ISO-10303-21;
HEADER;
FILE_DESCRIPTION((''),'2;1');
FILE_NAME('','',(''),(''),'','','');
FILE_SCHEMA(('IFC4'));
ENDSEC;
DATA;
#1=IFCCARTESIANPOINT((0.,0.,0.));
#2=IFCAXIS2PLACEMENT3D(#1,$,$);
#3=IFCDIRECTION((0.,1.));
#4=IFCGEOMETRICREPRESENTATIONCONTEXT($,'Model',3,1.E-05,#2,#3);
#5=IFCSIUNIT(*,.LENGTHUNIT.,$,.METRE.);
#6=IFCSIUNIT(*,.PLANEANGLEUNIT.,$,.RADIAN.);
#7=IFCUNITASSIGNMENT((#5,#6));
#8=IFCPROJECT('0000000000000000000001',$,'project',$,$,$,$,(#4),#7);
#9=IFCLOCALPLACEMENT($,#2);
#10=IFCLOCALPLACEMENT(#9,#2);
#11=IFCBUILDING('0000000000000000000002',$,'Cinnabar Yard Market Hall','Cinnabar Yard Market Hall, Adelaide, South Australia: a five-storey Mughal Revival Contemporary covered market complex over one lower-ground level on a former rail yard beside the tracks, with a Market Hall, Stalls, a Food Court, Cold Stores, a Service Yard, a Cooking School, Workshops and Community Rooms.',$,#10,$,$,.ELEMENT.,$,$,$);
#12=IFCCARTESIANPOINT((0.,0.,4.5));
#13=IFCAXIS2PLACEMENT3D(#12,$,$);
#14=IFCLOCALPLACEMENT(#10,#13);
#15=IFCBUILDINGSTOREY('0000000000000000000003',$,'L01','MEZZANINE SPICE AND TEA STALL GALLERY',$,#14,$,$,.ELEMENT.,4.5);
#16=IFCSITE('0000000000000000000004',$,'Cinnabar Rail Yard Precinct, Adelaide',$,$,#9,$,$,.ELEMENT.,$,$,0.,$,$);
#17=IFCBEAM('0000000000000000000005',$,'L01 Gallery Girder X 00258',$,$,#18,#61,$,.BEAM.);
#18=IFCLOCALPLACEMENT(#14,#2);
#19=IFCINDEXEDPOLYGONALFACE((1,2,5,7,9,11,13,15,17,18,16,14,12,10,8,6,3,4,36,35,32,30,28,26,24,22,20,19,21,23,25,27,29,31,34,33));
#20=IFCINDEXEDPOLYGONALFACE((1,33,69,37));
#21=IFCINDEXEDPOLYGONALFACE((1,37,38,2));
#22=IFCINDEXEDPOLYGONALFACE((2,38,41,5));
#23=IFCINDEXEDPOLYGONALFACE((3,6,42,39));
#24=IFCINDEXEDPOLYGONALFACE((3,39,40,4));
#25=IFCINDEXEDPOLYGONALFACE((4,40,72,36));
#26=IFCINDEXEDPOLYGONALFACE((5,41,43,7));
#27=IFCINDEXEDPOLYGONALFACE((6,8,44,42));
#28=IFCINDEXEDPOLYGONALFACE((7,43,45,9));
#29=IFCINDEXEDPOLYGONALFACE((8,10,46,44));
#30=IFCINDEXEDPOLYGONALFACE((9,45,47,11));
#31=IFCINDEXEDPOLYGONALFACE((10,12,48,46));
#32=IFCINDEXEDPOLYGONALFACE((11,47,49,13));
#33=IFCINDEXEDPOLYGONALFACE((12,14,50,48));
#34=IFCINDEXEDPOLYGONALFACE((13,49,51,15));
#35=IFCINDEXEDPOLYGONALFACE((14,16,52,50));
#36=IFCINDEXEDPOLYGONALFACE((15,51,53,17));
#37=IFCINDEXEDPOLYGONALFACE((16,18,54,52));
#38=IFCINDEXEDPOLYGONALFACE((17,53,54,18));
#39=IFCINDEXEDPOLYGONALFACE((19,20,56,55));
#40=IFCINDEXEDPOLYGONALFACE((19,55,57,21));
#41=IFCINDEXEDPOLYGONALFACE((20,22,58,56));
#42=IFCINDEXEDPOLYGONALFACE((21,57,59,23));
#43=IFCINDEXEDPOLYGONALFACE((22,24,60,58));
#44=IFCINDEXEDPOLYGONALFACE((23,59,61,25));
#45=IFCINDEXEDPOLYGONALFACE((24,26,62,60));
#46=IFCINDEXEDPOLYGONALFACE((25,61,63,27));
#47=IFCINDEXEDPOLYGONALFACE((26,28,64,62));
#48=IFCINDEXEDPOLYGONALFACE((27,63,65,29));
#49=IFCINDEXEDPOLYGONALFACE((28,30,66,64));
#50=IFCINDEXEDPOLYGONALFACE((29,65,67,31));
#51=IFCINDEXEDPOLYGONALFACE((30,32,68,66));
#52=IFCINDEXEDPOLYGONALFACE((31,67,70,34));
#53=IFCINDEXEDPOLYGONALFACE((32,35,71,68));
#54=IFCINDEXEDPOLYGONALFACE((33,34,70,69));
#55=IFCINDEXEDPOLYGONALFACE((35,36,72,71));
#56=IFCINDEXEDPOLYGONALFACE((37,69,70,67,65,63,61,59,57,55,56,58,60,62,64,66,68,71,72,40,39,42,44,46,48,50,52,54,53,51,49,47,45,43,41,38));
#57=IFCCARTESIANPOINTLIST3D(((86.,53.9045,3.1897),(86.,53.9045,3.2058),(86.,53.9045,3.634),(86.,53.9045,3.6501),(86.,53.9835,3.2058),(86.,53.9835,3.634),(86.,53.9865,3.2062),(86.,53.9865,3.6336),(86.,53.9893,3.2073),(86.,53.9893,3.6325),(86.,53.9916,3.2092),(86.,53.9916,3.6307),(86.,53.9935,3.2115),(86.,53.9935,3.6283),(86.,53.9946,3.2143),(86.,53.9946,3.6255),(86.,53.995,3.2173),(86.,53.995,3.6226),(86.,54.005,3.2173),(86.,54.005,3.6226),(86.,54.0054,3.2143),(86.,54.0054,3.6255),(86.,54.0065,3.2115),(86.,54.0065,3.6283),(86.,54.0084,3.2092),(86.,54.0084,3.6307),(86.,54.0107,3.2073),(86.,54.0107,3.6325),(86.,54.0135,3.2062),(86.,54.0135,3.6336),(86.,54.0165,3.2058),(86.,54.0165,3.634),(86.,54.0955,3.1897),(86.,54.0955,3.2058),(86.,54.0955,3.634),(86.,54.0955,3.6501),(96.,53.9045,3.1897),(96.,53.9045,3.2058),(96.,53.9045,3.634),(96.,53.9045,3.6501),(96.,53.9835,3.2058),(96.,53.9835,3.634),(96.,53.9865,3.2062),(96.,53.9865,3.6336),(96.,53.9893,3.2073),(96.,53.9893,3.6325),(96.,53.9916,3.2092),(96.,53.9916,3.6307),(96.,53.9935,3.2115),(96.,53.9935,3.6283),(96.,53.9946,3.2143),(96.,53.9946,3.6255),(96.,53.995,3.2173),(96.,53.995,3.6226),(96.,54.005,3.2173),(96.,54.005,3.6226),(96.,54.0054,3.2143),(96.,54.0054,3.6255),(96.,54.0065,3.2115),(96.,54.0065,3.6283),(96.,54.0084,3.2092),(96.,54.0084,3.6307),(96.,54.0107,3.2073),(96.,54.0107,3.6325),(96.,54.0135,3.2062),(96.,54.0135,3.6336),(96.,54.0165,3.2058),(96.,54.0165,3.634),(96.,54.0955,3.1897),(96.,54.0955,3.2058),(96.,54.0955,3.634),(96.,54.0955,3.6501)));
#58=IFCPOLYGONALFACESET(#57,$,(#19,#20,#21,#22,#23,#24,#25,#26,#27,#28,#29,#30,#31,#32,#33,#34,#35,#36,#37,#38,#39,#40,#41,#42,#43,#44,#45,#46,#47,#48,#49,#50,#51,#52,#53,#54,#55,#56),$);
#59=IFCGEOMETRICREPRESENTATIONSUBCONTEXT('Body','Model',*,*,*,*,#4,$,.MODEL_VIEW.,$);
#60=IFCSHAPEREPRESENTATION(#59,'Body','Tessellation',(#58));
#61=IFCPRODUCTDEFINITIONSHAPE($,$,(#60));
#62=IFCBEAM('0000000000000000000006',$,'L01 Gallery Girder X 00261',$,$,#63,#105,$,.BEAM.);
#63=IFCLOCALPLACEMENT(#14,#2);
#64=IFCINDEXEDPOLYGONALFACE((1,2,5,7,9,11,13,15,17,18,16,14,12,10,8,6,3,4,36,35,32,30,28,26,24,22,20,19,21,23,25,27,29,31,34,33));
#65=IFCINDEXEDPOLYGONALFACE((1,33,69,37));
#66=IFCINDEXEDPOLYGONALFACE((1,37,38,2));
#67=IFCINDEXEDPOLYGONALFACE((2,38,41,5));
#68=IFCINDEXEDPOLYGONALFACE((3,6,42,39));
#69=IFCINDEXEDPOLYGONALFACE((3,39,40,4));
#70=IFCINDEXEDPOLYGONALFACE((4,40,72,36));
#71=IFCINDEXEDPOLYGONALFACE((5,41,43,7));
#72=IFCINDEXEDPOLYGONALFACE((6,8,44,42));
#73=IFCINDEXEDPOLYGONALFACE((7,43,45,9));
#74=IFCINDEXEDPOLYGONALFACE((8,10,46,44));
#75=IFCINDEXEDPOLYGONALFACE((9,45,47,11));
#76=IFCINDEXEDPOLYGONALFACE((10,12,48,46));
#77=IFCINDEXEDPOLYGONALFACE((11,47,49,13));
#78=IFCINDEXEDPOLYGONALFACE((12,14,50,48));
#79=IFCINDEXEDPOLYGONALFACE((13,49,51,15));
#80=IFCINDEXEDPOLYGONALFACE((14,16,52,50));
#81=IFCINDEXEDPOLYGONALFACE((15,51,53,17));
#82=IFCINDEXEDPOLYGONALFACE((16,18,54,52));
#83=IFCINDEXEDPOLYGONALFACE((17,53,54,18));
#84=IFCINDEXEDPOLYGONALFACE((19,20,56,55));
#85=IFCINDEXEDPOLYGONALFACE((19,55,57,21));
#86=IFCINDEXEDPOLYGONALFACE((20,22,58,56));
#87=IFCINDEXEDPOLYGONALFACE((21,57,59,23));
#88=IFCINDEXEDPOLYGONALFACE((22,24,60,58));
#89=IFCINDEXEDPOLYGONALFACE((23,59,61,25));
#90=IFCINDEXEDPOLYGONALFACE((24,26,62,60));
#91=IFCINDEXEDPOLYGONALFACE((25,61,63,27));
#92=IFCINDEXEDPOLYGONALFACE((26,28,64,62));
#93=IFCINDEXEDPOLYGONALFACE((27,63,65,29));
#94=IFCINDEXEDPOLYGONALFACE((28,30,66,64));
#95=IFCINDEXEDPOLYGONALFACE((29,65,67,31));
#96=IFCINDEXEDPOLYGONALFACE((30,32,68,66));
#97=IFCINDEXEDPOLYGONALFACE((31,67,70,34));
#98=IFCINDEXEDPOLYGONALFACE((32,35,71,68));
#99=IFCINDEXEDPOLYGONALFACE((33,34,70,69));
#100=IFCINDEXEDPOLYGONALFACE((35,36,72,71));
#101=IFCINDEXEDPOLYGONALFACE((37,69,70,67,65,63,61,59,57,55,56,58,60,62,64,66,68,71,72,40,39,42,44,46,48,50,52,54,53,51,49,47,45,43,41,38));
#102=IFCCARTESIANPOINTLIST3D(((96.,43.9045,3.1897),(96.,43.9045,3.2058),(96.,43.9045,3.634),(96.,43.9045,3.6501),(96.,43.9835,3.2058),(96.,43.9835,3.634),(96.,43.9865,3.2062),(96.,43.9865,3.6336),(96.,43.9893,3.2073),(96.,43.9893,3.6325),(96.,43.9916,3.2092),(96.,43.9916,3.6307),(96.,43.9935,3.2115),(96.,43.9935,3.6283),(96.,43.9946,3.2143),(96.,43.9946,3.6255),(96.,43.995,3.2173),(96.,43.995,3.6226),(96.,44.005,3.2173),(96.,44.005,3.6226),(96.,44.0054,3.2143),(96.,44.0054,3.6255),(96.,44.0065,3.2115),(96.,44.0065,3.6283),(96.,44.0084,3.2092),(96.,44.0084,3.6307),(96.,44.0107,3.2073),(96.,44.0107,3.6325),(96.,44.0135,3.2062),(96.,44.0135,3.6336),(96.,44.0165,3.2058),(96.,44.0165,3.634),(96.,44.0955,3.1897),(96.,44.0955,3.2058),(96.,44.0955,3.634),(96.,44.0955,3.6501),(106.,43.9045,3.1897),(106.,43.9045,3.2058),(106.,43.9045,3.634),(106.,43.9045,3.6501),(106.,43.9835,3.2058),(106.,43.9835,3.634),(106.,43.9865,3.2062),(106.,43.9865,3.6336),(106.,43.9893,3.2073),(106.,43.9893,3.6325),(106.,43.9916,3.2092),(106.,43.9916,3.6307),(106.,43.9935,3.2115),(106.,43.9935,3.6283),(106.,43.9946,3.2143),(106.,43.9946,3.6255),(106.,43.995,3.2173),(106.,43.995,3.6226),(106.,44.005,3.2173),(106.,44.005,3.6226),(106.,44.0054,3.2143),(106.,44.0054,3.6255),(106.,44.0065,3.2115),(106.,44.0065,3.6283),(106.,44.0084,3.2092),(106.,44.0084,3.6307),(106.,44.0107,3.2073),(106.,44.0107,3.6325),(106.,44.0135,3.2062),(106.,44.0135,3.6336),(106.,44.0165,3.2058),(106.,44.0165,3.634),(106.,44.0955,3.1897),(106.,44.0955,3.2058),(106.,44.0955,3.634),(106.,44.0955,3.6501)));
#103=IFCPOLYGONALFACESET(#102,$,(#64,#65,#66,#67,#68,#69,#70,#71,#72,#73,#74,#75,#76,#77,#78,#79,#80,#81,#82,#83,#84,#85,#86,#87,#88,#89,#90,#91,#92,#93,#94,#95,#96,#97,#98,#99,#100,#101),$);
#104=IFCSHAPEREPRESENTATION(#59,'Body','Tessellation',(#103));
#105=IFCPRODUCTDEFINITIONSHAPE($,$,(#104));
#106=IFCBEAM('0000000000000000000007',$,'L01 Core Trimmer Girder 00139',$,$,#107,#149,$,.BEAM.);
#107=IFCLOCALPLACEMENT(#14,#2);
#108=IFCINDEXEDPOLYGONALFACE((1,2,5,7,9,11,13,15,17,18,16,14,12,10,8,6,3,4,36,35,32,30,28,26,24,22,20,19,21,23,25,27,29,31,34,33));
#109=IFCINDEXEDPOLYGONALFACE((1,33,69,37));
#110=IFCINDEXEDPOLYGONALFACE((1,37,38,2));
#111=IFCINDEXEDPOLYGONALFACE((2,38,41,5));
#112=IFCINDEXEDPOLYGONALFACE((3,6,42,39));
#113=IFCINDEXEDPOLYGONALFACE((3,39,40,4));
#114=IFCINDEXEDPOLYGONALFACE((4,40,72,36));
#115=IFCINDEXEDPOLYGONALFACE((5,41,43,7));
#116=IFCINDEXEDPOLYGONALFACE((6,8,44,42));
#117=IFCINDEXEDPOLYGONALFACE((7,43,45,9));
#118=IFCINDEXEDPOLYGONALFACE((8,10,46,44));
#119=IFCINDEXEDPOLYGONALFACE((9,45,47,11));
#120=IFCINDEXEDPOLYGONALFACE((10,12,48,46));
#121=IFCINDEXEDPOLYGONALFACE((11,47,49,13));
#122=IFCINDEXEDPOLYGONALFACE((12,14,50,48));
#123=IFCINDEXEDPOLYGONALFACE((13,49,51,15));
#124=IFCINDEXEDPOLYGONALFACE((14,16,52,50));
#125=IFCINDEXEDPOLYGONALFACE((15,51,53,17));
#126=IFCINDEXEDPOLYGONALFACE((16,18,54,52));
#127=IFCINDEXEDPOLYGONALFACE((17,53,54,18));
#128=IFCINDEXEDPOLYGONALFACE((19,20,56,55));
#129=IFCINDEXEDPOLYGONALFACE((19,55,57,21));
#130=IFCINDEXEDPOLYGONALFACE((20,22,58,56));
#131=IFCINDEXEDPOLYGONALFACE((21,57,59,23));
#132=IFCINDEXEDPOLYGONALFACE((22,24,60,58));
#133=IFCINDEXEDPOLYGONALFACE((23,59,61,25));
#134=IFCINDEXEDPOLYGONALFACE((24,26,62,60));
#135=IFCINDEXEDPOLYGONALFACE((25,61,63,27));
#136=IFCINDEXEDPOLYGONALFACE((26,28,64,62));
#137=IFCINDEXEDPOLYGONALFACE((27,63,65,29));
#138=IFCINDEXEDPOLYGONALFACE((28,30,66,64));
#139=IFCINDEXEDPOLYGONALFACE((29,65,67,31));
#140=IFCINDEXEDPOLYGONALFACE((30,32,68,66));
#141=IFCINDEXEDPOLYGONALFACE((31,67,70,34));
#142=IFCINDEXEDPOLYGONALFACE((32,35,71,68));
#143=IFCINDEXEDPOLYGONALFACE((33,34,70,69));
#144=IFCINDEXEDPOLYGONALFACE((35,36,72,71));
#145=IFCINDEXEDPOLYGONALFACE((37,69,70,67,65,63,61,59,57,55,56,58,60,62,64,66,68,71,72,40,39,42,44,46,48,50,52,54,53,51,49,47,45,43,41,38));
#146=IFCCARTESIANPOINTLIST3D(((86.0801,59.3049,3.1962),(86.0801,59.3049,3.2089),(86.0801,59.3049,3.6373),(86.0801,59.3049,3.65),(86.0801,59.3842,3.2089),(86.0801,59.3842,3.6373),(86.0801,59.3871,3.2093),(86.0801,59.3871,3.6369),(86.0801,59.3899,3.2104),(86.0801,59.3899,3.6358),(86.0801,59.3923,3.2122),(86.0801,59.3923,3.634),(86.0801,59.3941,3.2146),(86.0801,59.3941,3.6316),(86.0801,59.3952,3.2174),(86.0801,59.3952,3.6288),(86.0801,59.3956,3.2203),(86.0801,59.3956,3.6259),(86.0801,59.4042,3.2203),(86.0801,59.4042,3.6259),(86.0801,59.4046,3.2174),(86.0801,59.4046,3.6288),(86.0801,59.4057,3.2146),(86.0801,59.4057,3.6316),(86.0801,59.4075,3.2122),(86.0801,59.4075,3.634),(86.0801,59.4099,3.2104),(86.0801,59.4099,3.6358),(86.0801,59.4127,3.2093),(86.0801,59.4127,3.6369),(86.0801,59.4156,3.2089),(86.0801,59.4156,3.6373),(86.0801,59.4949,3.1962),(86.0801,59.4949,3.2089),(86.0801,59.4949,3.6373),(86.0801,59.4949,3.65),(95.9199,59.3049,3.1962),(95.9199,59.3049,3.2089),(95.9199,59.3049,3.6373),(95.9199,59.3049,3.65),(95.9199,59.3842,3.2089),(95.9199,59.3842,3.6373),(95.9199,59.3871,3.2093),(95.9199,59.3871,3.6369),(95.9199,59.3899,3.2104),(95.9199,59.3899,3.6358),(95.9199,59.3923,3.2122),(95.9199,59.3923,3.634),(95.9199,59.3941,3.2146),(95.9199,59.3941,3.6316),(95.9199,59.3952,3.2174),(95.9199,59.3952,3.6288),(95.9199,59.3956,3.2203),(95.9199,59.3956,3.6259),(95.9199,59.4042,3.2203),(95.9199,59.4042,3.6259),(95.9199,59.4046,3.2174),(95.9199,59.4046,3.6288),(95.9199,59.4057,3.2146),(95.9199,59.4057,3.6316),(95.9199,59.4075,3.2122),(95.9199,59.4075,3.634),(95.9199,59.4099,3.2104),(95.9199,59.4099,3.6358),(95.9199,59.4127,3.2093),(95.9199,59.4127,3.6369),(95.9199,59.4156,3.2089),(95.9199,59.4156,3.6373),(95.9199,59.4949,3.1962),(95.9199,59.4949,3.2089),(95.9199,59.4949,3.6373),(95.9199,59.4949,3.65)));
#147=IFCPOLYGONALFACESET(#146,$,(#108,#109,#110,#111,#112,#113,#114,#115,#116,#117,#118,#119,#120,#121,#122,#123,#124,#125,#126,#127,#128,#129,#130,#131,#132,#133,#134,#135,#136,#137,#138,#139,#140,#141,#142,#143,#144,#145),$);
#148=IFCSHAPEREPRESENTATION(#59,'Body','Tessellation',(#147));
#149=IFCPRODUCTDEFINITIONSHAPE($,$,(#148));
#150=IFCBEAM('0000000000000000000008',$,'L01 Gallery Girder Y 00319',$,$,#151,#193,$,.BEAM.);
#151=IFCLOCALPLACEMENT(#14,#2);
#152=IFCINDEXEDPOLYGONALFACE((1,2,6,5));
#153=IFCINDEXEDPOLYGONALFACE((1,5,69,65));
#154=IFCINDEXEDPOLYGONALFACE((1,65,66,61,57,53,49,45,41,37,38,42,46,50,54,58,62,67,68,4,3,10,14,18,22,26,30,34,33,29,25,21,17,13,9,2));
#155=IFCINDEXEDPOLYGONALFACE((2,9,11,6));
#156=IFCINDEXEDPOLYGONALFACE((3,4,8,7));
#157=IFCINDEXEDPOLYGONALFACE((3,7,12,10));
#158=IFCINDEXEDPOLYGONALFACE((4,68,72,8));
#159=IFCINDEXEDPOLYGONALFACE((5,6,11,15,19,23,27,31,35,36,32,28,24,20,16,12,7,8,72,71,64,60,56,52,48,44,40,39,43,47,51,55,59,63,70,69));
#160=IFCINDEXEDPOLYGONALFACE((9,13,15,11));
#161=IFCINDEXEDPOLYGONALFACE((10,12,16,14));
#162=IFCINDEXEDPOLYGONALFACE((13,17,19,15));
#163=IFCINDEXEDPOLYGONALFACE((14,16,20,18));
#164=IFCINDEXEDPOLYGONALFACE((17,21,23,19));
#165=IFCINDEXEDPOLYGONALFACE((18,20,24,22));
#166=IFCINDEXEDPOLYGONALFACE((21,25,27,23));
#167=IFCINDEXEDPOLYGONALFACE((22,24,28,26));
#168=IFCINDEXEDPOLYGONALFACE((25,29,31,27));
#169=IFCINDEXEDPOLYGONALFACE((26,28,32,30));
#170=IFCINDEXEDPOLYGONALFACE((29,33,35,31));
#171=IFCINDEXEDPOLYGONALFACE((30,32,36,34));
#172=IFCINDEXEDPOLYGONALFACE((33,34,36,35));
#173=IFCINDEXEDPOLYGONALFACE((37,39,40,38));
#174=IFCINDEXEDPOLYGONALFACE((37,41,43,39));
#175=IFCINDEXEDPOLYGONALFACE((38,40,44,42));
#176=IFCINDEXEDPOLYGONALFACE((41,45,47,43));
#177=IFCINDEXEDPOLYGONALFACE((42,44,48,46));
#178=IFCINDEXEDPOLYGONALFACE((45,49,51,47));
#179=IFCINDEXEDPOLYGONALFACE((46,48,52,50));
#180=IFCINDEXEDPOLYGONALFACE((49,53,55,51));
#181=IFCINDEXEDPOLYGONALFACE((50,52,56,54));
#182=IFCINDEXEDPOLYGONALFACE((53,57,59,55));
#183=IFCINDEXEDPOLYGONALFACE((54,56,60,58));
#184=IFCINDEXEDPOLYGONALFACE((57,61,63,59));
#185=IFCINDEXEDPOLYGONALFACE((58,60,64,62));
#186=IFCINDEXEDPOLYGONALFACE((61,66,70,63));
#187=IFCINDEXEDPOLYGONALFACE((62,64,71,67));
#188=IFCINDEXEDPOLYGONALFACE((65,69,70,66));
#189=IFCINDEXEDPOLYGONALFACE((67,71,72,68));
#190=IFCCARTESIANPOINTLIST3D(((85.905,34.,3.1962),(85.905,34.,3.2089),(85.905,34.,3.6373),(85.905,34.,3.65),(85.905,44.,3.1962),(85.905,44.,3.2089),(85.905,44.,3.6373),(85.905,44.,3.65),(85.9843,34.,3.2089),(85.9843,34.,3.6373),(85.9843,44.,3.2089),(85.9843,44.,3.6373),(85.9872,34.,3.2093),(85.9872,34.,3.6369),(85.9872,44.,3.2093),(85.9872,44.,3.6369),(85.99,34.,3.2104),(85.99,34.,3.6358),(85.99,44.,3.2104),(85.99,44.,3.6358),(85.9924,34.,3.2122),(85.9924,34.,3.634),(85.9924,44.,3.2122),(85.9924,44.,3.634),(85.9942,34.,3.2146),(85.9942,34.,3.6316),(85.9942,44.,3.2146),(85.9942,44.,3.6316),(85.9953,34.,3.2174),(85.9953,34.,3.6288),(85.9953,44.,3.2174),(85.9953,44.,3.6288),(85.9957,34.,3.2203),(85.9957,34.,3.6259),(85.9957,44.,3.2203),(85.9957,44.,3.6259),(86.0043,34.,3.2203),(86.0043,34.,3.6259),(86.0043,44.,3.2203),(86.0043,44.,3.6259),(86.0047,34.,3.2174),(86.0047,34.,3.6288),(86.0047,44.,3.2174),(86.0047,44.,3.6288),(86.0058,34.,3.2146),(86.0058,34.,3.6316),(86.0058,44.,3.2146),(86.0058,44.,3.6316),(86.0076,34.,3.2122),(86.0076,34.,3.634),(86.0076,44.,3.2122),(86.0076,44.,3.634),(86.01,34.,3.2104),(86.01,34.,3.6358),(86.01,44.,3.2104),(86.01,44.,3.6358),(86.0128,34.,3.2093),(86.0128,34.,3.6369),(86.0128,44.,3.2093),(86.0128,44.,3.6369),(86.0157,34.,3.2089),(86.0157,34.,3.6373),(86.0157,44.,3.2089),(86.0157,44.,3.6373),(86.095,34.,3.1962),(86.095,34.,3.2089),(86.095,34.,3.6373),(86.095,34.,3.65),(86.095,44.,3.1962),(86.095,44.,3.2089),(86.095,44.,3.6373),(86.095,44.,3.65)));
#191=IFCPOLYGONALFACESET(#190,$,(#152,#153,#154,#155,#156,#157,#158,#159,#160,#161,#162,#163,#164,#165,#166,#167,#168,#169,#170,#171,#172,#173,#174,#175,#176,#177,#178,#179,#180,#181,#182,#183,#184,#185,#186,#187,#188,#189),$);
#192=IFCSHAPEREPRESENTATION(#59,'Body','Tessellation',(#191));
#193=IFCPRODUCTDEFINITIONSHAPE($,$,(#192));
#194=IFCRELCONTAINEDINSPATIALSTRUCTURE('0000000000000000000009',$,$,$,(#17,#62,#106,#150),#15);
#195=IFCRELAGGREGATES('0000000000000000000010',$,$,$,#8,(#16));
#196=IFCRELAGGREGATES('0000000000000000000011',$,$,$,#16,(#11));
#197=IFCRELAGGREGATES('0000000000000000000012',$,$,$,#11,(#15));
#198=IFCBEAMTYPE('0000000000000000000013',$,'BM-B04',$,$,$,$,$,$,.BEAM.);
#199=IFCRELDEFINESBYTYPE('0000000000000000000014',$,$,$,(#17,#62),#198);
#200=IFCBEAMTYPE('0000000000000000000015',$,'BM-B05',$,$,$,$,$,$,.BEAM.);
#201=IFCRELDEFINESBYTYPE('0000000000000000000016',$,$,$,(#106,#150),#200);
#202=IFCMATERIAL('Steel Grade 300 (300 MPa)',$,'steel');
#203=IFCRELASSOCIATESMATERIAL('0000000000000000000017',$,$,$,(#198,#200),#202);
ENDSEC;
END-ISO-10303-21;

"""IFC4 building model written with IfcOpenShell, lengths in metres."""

from ifc_helpers import new_model, si_unit, direction, frame, origin, origin_2d_with_axis, place, context, subcontext, project, spatial, i_section, extrude, material, material_profile, profile_set, type_object, element, save


model = new_model("IFC4")

# Units and contexts
model_context = context("Model", 3, precision=1e-05, world=origin(), true_north=direction((0.0, 1.0)))
body_context = subcontext(model_context, "Body", "Model", "MODEL_VIEW")
ifc_project = project(units=[si_unit("LENGTHUNIT", "METRE"), si_unit("PLANEANGLEUNIT", "RADIAN")], contexts=[model_context])

# Site, building, storey
site_placement = place(None, origin())
site = spatial("IfcSite", under=ifc_project, at=site_placement, Name="Cinnabar Rail Yard Precinct, Adelaide", CompositionType="ELEMENT", RefElevation=0.0)
building_placement = place(site_placement, origin())
building = spatial("IfcBuilding", under=site, at=building_placement, Name="Cinnabar Yard Market Hall", Description="Cinnabar Yard Market Hall, Adelaide, South Australia: a five-storey Mughal Revival Contemporary covered market complex over one lower-ground level on a former rail yard beside the tracks, with a Market Hall, Stalls, a Food Court, Cold Stores, a Service Yard, a Cooking School, Workshops and Community Rooms.", CompositionType="ELEMENT")
storey_placement = place(building_placement, frame((0.0, 0.0, 4.5)))
storey = spatial("IfcBuildingStorey", under=building, at=storey_placement, Name="L01", Description="MEZZANINE SPICE AND TEA STALL GALLERY", CompositionType="ELEMENT", Elevation=4.5)

# Beams
ifc_material_1 = material(Name="Steel Grade 300 (300 MPa)", Category="steel")
ifc_material_profile_1 = material_profile(ifc_material_1, i_section(OverallWidth=0.1909, OverallDepth=0.4604, WebThickness=0.01, FlangeThickness=0.0161, FilletRadius=0.0115, at=origin_2d_with_axis()), Name="460UB82.1")
ifc_profile_set_1 = profile_set([ifc_material_profile_1], Name="Steel Grade 300 (300 MPa)")
beam_type_1 = type_object("IfcBeamType", Name="BM-B04", PredefinedType="BEAM", material=ifc_profile_set_1)
for number, where, z_axis, x_axis, name in (
    (1, (86.0, 54.0, 3.4199), (1.0, 0.0, 0.0), (0.0, 1.0, 0.0), "L01 Gallery Girder X 00258"),
    (2, (96.0, 44.0, 3.4199), (1.0, 0.0, 0.0), (0.0, 1.0, 0.0), "L01 Gallery Girder X 00261"),
):
    element("IfcBeam", number, at=place(storey_placement, frame(where, z_axis=z_axis, x_axis=x_axis)), inside=storey, type_object=beam_type_1, Name=name, PredefinedType="BEAM", context=body_context, shape_type="SweptSolid", body=[
        extrude(i_section(OverallWidth=0.1909, OverallDepth=0.4604, WebThickness=0.01, FlangeThickness=0.0161, FilletRadius=0.0115, at=origin_2d_with_axis()), origin(), (0.0, 0.0, 1.0), 10.0),
    ])
ifc_material_profile_2 = material_profile(ifc_material_1, i_section(OverallWidth=0.1899, OverallDepth=0.4539, WebThickness=0.0085, FlangeThickness=0.0127, FilletRadius=0.0115, at=origin_2d_with_axis()), Name="460UB67.1")
ifc_profile_set_2 = profile_set([ifc_material_profile_2], Name="Steel Grade 300 (300 MPa)")
beam_type_2 = type_object("IfcBeamType", Name="BM-B05", PredefinedType="BEAM", material=ifc_profile_set_2)
beam_1_placement = place(storey_placement, frame((86.0801, 59.3999, 3.4231), z_axis=(1.0, 0.0, 0.0), x_axis=(0.0, 1.0, 0.0)))
element("IfcBeam", 3, at=beam_1_placement, inside=storey, type_object=beam_type_2, Name="L01 Core Trimmer Girder 00139", PredefinedType="BEAM", context=body_context, shape_type="SweptSolid", body=[
    extrude(i_section(OverallWidth=0.1899, OverallDepth=0.4539, WebThickness=0.0085, FlangeThickness=0.0127, FilletRadius=0.0115, at=origin_2d_with_axis()), origin(), (0.0, 0.0, 1.0), 9.8398),
])
for number, where, z_axis, x_axis, name in (
    (4, (86.0, 34.0, 3.4231), (0.0, 1.0, 0.0), (-1.0, 0.0, 0.0), "L01 Gallery Girder Y 00319"),
):
    element("IfcBeam", number, at=place(storey_placement, frame(where, z_axis=z_axis, x_axis=x_axis)), inside=storey, type_object=beam_type_2, Name=name, PredefinedType="BEAM", context=body_context, shape_type="SweptSolid", body=[
        extrude(i_section(OverallWidth=0.1899, OverallDepth=0.4539, WebThickness=0.0085, FlangeThickness=0.0127, FilletRadius=0.0115, at=origin_2d_with_axis()), origin(), (0.0, 0.0, 1.0), 10.0),
    ])

save(model, "model.ifc")
